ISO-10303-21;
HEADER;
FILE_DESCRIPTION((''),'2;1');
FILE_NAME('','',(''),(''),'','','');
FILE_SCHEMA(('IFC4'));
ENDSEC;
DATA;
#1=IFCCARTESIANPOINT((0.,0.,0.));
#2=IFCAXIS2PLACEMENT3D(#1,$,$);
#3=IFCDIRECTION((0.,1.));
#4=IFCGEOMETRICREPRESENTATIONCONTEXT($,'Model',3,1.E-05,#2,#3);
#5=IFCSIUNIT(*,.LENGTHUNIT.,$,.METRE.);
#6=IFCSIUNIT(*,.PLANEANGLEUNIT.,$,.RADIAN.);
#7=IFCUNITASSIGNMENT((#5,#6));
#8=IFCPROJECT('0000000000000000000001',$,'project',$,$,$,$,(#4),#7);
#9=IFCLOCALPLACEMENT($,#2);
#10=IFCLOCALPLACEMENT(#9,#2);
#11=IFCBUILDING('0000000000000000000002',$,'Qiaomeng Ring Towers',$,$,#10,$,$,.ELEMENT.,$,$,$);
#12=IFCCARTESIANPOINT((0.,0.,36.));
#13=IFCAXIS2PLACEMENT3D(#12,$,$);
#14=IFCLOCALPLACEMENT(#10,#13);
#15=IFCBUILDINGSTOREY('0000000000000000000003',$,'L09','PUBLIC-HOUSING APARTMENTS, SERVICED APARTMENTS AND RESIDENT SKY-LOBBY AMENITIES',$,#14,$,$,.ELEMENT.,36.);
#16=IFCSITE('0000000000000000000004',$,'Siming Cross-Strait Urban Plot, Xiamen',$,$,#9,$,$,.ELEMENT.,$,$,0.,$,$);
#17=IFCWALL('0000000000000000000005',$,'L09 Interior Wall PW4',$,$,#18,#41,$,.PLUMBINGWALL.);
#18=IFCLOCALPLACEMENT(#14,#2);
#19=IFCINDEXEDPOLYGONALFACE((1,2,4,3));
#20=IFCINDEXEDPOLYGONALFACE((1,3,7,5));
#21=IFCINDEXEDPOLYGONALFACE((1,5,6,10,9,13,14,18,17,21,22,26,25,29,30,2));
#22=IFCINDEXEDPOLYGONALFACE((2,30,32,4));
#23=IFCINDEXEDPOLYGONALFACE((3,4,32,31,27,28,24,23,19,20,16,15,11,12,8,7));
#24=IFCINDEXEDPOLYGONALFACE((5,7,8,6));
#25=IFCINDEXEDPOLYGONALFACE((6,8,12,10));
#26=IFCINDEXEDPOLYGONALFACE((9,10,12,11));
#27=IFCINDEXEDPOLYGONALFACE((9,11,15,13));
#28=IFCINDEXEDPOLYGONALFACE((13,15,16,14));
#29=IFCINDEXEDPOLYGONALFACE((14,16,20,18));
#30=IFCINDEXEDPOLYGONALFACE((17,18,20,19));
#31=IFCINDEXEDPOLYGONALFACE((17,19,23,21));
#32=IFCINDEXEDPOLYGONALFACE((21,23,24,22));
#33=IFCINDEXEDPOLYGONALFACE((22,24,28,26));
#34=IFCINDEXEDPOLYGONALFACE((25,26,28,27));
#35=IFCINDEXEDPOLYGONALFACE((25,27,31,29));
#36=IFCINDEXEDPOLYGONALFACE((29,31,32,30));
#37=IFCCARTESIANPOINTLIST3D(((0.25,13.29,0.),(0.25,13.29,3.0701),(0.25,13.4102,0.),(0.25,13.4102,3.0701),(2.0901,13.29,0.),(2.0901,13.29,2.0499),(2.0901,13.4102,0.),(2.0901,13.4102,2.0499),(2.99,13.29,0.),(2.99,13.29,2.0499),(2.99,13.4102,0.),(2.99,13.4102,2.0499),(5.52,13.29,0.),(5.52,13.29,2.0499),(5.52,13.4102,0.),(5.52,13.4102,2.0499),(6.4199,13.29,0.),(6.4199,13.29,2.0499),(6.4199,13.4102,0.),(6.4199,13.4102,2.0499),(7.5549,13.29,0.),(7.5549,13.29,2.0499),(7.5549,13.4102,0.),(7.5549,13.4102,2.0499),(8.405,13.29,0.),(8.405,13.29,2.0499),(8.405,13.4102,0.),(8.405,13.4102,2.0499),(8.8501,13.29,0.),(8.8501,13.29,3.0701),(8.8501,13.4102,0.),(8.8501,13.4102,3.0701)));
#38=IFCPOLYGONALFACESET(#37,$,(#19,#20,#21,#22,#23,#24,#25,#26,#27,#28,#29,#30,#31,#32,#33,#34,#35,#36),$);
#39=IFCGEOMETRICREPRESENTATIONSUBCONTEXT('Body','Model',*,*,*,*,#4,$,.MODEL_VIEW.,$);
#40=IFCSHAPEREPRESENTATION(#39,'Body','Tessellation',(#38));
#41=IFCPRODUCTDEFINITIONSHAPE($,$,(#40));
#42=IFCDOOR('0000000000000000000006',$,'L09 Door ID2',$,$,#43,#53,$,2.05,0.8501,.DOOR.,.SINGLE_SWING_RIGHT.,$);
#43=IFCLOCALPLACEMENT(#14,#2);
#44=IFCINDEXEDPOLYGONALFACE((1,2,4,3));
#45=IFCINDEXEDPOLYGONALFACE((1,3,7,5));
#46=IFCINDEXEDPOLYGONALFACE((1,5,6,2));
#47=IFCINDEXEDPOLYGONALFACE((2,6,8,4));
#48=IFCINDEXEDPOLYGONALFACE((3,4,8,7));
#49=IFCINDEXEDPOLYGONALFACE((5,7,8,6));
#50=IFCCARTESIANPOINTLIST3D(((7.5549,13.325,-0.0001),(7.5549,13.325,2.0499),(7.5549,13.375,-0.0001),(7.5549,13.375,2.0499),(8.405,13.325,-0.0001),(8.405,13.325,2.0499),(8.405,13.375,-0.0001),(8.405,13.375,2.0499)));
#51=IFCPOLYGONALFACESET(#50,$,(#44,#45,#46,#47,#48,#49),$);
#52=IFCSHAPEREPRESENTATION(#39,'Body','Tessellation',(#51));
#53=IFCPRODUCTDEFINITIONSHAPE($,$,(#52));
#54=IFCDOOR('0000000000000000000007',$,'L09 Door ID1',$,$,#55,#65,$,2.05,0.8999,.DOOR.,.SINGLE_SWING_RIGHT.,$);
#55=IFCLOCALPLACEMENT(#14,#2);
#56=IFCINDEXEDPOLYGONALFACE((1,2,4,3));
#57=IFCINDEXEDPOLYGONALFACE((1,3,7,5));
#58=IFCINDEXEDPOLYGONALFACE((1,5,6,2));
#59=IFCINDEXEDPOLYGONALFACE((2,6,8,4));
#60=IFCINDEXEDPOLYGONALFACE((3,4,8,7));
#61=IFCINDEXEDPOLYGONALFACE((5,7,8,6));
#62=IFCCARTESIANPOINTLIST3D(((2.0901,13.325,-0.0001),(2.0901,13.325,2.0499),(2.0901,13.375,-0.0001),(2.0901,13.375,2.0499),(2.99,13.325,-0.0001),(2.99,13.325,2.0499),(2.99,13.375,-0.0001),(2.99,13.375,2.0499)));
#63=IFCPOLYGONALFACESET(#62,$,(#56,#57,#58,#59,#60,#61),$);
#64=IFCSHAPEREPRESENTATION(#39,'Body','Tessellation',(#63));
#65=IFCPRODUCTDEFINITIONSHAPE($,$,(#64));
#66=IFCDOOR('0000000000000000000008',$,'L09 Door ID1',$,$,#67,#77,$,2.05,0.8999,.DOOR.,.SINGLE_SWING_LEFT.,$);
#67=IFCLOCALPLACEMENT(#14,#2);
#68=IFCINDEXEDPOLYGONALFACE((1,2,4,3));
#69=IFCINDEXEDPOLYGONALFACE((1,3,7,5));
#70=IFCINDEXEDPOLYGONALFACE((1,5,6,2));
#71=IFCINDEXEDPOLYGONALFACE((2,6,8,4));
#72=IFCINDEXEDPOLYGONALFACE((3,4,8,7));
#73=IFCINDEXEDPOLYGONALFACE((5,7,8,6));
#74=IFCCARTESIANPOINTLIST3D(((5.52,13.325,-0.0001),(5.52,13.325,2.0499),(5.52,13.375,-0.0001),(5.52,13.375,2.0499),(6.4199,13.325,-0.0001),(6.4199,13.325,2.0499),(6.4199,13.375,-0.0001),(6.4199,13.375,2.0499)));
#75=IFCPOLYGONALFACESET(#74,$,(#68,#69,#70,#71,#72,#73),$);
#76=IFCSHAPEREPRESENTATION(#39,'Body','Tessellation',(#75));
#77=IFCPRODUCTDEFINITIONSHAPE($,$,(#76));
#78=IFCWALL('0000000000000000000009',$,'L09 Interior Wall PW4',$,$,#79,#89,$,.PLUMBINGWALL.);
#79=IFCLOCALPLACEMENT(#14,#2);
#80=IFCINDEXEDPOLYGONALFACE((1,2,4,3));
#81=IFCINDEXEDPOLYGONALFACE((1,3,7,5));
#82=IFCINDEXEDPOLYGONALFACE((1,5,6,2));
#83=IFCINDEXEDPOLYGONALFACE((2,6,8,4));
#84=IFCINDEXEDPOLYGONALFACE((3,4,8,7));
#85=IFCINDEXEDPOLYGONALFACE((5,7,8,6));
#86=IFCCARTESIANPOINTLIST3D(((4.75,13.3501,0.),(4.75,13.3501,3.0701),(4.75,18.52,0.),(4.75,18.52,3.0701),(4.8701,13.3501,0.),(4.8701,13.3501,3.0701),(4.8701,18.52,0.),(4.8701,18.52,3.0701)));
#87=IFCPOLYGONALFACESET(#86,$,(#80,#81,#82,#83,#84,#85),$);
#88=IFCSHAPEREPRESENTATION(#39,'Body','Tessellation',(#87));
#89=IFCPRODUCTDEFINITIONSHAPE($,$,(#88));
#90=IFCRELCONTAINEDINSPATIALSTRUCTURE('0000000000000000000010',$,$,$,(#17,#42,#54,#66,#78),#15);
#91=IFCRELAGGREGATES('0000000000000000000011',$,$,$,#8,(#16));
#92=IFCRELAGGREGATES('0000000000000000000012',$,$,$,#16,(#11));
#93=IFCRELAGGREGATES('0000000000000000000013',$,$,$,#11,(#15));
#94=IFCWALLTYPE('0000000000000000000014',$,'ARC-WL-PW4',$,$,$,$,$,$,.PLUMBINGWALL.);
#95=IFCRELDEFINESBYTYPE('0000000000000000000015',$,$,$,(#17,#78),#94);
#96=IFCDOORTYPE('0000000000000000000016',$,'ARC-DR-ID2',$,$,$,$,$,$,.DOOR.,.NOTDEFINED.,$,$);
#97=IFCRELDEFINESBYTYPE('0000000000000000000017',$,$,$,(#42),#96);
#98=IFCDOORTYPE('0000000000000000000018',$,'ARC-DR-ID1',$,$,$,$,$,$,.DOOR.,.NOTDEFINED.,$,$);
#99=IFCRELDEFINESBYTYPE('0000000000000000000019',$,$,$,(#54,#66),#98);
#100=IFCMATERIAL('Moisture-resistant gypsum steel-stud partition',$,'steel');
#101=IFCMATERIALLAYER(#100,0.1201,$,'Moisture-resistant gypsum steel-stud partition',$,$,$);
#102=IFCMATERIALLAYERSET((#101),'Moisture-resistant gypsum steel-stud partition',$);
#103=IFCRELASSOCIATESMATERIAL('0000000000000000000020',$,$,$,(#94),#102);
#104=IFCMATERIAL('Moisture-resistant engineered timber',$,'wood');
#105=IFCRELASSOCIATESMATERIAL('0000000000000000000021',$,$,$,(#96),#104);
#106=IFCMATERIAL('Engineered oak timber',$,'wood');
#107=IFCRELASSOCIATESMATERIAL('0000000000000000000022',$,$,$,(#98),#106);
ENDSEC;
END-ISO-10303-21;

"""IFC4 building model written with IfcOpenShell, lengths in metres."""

from ifc_helpers import new_model, si_unit, direction, frame, frame_2d, origin, place, context, subcontext, project, spatial, rectangle, extrude, source, transform, mapped, material, layer, layer_set, type_object, element, fill, save


model = new_model("IFC4")

# Units and contexts
model_context = context("Model", 3, precision=1e-05, world=origin(), true_north=direction((0.0, 1.0)))
body_context = subcontext(model_context, "Body", "Model", "MODEL_VIEW")
ifc_project = project(units=[si_unit("LENGTHUNIT", "METRE"), si_unit("PLANEANGLEUNIT", "RADIAN")], contexts=[model_context])

# Site, building, storey
site_placement = place(None, origin())
site = spatial("IfcSite", under=ifc_project, at=site_placement, Name="Siming Cross-Strait Urban Plot, Xiamen", CompositionType="ELEMENT", RefElevation=0.0)
building_placement = place(site_placement, origin())
building = spatial("IfcBuilding", under=site, at=building_placement, Name="Qiaomeng Ring Towers", CompositionType="ELEMENT")
storey_placement = place(building_placement, frame((0.0, 0.0, 36.0)))
storey = spatial("IfcBuildingStorey", under=building, at=storey_placement, Name="L09", Description="PUBLIC-HOUSING APARTMENTS, SERVICED APARTMENTS AND RESIDENT SKY-LOBBY AMENITIES", CompositionType="ELEMENT", Elevation=36.0)

# Wall, openings, doors
ifc_material_1 = material(Name="Moisture-resistant gypsum steel-stud partition", Category="steel")
ifc_layer_1 = layer(ifc_material_1, 0.1201, Name="Moisture-resistant gypsum steel-stud partition")
ifc_layer_set_1 = layer_set([ifc_layer_1], Name="Moisture-resistant gypsum steel-stud partition")
wall_type_1 = type_object("IfcWallType", Name="ARC-WL-PW4", PredefinedType="PLUMBINGWALL", material=ifc_layer_set_1)
wall_1_placement = place(storey_placement, frame((0.25, 13.3501, 0.0), z_axis=(0.0, 0.0, 1.0), x_axis=(1.0, 0.0, 0.0)))
wall_1 = element("IfcWall", 1, at=wall_1_placement, inside=storey, type_object=wall_type_1, Name="L09 Interior Wall PW4", PredefinedType="PLUMBINGWALL", context=body_context, shape_type="SweptSolid", body=[
    extrude(rectangle(XDim=8.6001, YDim=0.1201, at=frame_2d((4.3, 0.0))), origin(), (0.0, 0.0, 1.0), 3.0701),
])
opening_1_placement = place(wall_1_placement, frame((1.8401, 0.0, 0.0)))
opening_1 = element("IfcOpeningElement", 2, at=opening_1_placement, cuts=wall_1, PredefinedType="OPENING", context=body_context, shape_type="SweptSolid", body=[
    extrude(rectangle(XDim=0.8999, YDim=2.05, at=frame_2d((0.45, 1.0249))), frame((0.0, 0.0701, 0.0), z_axis=(0.0, -1.0, 0.0), x_axis=(1.0, 0.0, 0.0)), (0.0, 0.0, 1.0), 0.1401),
])
opening_2_placement = place(wall_1_placement, frame((5.27, 0.0, 0.0)))
opening_2 = element("IfcOpeningElement", 3, at=opening_2_placement, cuts=wall_1, PredefinedType="OPENING", context=body_context, shape_type="SweptSolid", body=[
    extrude(rectangle(XDim=0.8999, YDim=2.05, at=frame_2d((0.45, 1.0249))), frame((0.0, 0.0701, 0.0), z_axis=(0.0, -1.0, 0.0), x_axis=(1.0, 0.0, 0.0)), (0.0, 0.0, 1.0), 0.1401),
])
opening_3_placement = place(wall_1_placement, frame((7.3049, 0.0, 0.0)))
opening_3 = element("IfcOpeningElement", 4, at=opening_3_placement, cuts=wall_1, PredefinedType="OPENING", context=body_context, shape_type="SweptSolid", body=[
    extrude(rectangle(XDim=0.8501, YDim=2.05, at=frame_2d((0.425, 1.0249))), frame((0.0, 0.0701, 0.0), z_axis=(0.0, -1.0, 0.0), x_axis=(1.0, 0.0, 0.0)), (0.0, 0.0, 1.0), 0.1401),
])
ifc_material_2 = material(Name="Moisture-resistant engineered timber", Category="wood")
door_type_1 = type_object("IfcDoorType", Name="ARC-DR-ID2", OperationType="NOTDEFINED", PredefinedType="DOOR", material=ifc_material_2)
shared_shape_1 = source(origin(), body_context, "Body", "SweptSolid", [
    extrude(rectangle(XDim=0.8501, YDim=2.05, at=frame_2d((0.425, 1.0249))), frame((0.0, 0.0249, 0.0), z_axis=(0.0, -1.0, 0.0), x_axis=(1.0, 0.0, 0.0)), (0.0, 0.0, 1.0), 0.05),
])
door_1_placement = place(opening_3_placement, origin())
door_1 = element("IfcDoor", 5, at=door_1_placement, inside=storey, type_object=door_type_1, Name="L09 Door ID2", OperationType="SINGLE_SWING_RIGHT", OverallHeight=2.05, OverallWidth=0.8501, PredefinedType="DOOR", context=body_context, shape_type="MappedRepresentation", body=[
    mapped(shared_shape_1, transform((0.0, 0.0, 0.0), x_axis=(1.0, 0.0, 0.0), y_axis=(0.0, 1.0, 0.0), z_axis=(0.0, 0.0, 1.0), scale=1.0)),
])
fill(opening_3, door_1)
ifc_material_3 = material(Name="Engineered oak timber", Category="wood")
door_type_2 = type_object("IfcDoorType", Name="ARC-DR-ID1", OperationType="NOTDEFINED", PredefinedType="DOOR", material=ifc_material_3)
shared_shape_2 = source(origin(), body_context, "Body", "SweptSolid", [
    extrude(rectangle(XDim=0.8999, YDim=2.05, at=frame_2d((0.45, 1.0249))), frame((0.0, 0.0249, 0.0), z_axis=(0.0, -1.0, 0.0), x_axis=(1.0, 0.0, 0.0)), (0.0, 0.0, 1.0), 0.05),
])
door_2_placement = place(opening_1_placement, origin())
door_2 = element("IfcDoor", 6, at=door_2_placement, inside=storey, type_object=door_type_2, Name="L09 Door ID1", OperationType="SINGLE_SWING_RIGHT", OverallHeight=2.05, OverallWidth=0.8999, PredefinedType="DOOR", context=body_context, shape_type="MappedRepresentation", body=[
    mapped(shared_shape_2, transform((0.0, 0.0, 0.0), x_axis=(1.0, 0.0, 0.0), y_axis=(0.0, 1.0, 0.0), z_axis=(0.0, 0.0, 1.0), scale=1.0)),
])
fill(opening_1, door_2)
door_3_placement = place(opening_2_placement, origin())
door_3 = element("IfcDoor", 7, at=door_3_placement, inside=storey, type_object=door_type_2, Name="L09 Door ID1", OperationType="SINGLE_SWING_LEFT", OverallHeight=2.05, OverallWidth=0.8999, PredefinedType="DOOR", context=body_context, shape_type="MappedRepresentation", body=[
    mapped(shared_shape_2, transform((0.0, 0.0, 0.0), x_axis=(1.0, 0.0, 0.0), y_axis=(0.0, 1.0, 0.0), z_axis=(0.0, 0.0, 1.0), scale=1.0)),
])
fill(opening_2, door_3)

# Wall
wall_2_placement = place(storey_placement, frame((4.8101, 13.3501, 0.0), z_axis=(0.0, 0.0, 1.0), x_axis=(0.0, 1.0, 0.0)))
element("IfcWall", 8, at=wall_2_placement, inside=storey, type_object=wall_type_1, Name="L09 Interior Wall PW4", PredefinedType="PLUMBINGWALL", context=body_context, shape_type="SweptSolid", body=[
    extrude(rectangle(XDim=5.1699, YDim=0.1201, at=frame_2d((2.585, 0.0))), origin(), (0.0, 0.0, 1.0), 3.0701),
])

save(model, "model.ifc")
